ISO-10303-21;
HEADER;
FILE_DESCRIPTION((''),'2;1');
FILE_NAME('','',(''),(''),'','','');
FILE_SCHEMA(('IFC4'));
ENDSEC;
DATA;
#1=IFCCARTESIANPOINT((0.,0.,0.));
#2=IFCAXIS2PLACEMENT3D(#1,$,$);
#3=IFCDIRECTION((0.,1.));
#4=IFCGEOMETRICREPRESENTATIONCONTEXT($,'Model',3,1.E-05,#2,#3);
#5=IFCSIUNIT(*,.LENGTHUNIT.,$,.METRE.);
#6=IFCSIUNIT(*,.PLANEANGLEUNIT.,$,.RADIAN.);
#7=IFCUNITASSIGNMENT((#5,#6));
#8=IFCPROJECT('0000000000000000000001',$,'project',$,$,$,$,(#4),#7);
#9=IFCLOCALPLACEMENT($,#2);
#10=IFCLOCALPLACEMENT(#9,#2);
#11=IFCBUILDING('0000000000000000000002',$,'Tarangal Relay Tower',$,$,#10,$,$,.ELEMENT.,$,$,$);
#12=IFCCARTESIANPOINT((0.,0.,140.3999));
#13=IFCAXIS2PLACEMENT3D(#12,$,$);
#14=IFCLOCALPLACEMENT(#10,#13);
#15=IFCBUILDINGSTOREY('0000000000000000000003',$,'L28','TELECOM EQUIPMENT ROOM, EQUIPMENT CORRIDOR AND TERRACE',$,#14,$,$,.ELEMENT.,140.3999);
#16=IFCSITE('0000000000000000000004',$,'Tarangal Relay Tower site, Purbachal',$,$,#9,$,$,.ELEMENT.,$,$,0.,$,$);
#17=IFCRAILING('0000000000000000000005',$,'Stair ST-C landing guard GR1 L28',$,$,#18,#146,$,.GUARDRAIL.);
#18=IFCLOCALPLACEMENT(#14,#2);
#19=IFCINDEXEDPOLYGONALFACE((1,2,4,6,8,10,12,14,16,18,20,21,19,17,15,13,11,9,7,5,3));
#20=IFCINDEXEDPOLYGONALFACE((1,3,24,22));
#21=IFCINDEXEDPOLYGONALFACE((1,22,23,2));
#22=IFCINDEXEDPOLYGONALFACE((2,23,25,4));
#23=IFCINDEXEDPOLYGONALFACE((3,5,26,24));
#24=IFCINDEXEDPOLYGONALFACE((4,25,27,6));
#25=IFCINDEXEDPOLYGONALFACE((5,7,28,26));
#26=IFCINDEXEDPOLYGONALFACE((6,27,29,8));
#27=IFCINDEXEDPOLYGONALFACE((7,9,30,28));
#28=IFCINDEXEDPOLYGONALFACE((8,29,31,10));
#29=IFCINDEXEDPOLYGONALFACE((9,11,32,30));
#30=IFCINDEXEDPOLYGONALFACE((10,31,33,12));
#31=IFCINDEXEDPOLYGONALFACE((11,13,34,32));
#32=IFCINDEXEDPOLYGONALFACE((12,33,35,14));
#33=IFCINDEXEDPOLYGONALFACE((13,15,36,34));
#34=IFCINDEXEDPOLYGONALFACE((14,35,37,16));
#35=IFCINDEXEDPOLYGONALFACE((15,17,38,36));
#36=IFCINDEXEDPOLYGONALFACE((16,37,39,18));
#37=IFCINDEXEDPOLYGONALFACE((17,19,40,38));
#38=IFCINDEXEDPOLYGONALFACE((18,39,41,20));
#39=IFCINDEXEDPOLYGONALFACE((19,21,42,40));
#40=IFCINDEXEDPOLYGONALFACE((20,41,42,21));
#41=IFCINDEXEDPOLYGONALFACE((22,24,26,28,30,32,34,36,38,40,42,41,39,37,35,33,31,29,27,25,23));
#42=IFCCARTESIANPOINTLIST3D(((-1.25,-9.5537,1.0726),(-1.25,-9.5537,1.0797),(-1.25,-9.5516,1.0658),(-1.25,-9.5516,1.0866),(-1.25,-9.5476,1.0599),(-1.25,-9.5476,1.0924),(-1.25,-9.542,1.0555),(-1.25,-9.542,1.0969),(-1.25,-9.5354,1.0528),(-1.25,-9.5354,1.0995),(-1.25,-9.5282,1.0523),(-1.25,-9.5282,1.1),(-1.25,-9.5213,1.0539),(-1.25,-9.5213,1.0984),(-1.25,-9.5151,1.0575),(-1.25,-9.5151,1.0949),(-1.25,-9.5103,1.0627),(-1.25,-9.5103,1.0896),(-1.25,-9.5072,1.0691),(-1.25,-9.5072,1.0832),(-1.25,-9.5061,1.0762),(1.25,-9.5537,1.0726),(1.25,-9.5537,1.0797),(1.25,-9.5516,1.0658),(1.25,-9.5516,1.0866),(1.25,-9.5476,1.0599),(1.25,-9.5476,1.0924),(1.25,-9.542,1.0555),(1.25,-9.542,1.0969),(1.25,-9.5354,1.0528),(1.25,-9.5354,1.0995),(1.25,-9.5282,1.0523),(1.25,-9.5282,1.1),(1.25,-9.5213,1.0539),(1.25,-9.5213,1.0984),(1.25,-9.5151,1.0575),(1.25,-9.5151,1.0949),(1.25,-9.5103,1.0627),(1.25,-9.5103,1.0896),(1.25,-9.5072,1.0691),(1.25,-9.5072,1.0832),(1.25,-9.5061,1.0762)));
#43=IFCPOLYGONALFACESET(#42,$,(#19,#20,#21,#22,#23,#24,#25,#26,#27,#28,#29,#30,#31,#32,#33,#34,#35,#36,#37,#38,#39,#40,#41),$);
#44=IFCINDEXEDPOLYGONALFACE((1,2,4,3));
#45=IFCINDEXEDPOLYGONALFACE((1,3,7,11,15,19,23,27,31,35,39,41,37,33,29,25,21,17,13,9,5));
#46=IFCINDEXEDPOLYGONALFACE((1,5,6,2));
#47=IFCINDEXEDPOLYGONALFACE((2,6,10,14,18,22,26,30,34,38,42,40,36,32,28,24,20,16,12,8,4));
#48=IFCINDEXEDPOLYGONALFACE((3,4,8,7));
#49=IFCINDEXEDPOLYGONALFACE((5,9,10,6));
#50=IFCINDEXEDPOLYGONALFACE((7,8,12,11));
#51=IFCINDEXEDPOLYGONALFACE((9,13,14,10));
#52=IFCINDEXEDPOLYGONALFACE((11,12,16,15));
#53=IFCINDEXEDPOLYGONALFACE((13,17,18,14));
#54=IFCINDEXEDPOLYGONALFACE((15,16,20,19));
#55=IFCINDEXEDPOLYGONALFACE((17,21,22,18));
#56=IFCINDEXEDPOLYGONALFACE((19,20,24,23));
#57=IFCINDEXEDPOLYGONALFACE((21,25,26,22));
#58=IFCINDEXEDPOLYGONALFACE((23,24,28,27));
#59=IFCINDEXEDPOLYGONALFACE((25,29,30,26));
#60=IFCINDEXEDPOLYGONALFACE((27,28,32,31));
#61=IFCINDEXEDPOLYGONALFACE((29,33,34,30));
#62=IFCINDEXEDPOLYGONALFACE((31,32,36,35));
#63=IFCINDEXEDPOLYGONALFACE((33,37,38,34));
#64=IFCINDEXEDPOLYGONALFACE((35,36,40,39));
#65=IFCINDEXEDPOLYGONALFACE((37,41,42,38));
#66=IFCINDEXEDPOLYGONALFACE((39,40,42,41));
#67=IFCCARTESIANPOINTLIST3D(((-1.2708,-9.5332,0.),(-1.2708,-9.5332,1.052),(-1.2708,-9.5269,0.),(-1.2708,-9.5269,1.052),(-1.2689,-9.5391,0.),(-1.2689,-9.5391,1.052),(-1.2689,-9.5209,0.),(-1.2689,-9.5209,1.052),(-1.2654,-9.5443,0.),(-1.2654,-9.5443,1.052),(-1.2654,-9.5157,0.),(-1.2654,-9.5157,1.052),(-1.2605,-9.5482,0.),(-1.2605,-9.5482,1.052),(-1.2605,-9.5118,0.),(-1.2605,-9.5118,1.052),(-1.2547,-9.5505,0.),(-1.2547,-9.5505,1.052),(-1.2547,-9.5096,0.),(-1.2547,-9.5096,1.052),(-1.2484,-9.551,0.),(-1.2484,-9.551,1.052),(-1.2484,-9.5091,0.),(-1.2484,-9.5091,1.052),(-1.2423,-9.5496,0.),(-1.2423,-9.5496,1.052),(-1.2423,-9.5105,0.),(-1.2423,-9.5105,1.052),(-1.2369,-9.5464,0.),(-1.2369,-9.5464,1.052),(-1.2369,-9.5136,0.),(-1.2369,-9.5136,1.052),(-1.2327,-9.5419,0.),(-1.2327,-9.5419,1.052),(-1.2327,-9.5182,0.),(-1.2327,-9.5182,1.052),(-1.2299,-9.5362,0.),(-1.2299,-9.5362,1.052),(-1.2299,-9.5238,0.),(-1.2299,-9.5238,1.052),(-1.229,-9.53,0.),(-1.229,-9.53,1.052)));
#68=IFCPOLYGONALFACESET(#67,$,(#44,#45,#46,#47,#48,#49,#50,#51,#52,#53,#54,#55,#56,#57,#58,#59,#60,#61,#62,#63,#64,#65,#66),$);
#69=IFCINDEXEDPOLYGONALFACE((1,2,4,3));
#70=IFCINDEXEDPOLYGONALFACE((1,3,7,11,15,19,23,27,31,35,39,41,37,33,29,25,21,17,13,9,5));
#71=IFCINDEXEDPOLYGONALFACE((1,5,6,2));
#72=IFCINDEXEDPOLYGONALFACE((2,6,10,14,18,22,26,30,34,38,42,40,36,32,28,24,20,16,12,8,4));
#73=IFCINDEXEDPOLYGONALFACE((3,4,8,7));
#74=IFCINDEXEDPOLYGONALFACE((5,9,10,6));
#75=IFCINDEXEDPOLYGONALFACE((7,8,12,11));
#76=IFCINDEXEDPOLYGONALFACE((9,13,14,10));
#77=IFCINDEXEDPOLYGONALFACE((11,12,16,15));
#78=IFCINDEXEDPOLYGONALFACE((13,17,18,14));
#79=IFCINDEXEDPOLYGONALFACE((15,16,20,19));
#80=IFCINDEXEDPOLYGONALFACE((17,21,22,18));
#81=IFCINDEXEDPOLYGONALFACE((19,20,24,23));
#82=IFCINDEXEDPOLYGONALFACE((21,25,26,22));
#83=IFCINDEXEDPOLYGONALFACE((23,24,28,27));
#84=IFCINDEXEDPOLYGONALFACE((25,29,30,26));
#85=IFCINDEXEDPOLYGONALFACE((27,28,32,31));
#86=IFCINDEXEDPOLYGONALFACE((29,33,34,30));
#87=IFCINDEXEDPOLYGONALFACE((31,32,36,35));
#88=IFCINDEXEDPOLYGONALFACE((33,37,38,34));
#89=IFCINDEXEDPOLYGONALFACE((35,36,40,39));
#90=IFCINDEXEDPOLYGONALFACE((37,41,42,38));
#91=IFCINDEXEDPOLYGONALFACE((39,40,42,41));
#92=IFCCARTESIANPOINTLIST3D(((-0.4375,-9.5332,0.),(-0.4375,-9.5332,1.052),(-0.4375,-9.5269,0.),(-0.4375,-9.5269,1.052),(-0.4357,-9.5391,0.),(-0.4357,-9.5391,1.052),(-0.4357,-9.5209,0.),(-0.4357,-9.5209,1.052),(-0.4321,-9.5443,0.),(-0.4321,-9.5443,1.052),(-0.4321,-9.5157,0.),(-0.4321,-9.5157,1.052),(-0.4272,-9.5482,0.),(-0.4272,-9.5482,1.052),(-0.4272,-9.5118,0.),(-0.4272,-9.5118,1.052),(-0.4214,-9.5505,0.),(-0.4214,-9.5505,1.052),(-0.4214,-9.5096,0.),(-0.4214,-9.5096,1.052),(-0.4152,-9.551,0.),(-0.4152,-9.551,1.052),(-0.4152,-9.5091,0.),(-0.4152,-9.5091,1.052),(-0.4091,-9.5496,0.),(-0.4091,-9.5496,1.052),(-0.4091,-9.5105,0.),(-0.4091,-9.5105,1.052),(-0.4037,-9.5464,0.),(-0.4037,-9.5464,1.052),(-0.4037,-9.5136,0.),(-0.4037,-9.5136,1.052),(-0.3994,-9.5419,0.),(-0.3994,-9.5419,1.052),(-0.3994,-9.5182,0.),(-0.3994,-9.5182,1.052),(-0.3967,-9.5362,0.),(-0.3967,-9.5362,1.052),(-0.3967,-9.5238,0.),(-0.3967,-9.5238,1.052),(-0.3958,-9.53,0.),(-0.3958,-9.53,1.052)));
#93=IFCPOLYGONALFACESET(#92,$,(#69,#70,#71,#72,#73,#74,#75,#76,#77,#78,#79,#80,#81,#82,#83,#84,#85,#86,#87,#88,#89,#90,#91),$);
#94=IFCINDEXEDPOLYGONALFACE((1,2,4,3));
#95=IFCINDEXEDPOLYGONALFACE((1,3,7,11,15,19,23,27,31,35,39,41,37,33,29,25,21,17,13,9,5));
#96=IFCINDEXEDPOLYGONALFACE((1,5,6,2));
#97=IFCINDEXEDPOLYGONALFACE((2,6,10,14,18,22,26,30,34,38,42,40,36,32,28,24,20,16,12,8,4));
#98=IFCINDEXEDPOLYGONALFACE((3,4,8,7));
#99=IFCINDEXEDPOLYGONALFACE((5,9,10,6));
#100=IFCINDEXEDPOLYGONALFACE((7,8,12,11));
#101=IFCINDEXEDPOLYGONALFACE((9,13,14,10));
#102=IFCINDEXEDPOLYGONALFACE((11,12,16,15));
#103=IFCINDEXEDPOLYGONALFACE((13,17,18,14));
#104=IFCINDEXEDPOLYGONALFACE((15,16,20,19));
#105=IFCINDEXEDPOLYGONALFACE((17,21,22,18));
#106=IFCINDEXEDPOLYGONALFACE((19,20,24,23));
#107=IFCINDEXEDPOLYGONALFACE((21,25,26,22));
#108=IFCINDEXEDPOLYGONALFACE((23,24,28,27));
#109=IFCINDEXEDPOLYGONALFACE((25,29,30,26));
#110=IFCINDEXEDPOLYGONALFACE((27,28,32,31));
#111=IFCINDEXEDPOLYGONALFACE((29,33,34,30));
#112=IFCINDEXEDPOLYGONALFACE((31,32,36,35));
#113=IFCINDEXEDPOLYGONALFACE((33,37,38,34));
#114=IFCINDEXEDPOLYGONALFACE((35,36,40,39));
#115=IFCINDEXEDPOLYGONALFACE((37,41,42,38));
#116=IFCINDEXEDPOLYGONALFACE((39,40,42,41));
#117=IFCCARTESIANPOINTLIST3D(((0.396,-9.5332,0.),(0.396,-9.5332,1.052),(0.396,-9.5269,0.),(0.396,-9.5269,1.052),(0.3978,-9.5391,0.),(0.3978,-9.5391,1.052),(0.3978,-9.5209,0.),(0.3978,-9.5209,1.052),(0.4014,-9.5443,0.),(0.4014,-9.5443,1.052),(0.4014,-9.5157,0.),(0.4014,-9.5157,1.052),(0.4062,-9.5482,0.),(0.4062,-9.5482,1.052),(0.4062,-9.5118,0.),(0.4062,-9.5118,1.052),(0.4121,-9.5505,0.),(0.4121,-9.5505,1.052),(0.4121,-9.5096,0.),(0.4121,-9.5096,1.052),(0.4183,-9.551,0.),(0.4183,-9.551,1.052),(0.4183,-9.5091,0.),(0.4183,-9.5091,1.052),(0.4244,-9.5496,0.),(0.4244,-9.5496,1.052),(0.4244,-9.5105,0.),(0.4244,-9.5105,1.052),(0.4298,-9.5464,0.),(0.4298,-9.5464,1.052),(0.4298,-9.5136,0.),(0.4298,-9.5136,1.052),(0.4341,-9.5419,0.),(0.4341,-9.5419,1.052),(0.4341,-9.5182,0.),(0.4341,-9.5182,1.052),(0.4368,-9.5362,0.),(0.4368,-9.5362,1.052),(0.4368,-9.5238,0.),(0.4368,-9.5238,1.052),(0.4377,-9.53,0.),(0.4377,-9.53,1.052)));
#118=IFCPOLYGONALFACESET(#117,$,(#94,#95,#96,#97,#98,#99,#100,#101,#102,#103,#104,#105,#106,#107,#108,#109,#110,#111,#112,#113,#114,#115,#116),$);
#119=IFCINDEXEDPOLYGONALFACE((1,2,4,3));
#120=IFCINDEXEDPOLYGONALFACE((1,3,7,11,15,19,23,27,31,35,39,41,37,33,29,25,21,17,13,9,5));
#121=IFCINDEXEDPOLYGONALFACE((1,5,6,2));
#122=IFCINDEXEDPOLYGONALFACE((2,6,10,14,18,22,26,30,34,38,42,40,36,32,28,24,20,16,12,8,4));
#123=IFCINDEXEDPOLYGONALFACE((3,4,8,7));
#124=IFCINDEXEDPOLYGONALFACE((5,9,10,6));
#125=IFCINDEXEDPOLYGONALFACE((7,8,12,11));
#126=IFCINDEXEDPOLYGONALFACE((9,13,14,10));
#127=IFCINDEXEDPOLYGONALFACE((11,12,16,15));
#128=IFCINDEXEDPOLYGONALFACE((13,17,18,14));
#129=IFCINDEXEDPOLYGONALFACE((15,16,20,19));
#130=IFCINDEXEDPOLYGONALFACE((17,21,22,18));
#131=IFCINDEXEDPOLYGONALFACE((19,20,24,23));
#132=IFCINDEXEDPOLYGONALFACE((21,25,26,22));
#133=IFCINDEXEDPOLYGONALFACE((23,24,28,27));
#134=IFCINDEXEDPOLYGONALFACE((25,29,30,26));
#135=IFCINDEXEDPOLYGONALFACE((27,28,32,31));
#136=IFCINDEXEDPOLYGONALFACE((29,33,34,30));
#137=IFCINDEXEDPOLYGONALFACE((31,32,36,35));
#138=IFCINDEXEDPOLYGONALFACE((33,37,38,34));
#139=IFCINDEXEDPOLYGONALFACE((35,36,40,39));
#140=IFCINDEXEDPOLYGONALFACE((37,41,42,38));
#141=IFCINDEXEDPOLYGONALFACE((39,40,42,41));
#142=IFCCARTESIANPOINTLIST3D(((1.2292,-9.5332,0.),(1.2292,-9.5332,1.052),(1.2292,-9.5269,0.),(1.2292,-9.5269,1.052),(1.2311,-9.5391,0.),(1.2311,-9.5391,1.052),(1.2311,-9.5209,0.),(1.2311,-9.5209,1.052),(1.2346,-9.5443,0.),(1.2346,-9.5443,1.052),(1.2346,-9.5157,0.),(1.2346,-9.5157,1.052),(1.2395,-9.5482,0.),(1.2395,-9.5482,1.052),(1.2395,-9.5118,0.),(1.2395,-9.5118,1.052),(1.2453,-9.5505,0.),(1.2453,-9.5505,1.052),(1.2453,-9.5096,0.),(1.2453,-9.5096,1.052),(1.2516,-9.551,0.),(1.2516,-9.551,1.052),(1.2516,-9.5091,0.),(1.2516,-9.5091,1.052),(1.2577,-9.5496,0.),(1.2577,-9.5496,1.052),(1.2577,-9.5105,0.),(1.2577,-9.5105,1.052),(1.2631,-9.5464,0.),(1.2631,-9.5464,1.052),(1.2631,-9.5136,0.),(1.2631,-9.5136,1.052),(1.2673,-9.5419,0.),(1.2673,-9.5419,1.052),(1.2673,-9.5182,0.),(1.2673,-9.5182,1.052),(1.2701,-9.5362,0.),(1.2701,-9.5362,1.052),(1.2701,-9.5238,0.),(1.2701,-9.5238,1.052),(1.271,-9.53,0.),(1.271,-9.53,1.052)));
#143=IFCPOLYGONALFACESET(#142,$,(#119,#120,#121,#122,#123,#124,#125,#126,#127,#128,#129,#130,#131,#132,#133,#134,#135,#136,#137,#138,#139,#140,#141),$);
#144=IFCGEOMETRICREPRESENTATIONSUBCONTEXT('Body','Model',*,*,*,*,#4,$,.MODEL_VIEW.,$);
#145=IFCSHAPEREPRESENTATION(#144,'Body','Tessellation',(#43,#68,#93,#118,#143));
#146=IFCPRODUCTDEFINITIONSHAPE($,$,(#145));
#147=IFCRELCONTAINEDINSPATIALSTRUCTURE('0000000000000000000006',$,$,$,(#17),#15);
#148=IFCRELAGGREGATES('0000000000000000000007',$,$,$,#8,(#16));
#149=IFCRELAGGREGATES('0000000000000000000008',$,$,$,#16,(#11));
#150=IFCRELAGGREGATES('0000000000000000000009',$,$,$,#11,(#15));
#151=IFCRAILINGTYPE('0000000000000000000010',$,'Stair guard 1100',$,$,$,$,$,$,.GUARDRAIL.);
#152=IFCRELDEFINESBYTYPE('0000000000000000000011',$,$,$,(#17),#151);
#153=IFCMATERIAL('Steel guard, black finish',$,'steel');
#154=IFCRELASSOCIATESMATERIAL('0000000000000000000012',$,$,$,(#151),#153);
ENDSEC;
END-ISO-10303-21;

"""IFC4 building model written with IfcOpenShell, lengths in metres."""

from ifc_helpers import new_model, si_unit, direction, frame, origin, origin_2d, place, context, subcontext, project, spatial, circle, extrude, material, type_object, element, save


model = new_model("IFC4")

# Units and contexts
model_context = context("Model", 3, precision=1e-05, world=origin(), true_north=direction((0.0, 1.0)))
body_context = subcontext(model_context, "Body", "Model", "MODEL_VIEW")
ifc_project = project(units=[si_unit("LENGTHUNIT", "METRE"), si_unit("PLANEANGLEUNIT", "RADIAN")], contexts=[model_context])

# Site, building, storey
site_placement = place(None, origin())
site = spatial("IfcSite", under=ifc_project, at=site_placement, Name="Tarangal Relay Tower site, Purbachal", CompositionType="ELEMENT", RefElevation=0.0)
building_placement = place(site_placement, origin())
building = spatial("IfcBuilding", under=site, at=building_placement, Name="Tarangal Relay Tower", CompositionType="ELEMENT")
storey_placement = place(building_placement, frame((0.0, 0.0, 140.3999)))
storey = spatial("IfcBuildingStorey", under=building, at=storey_placement, Name="L28", Description="TELECOM EQUIPMENT ROOM, EQUIPMENT CORRIDOR AND TERRACE", CompositionType="ELEMENT", Elevation=140.3999)

# Railing
ifc_material_1 = material(Name="Steel guard, black finish", Category="steel")
railing_type_1 = type_object("IfcRailingType", Name="Stair guard 1100", PredefinedType="GUARDRAIL", material=ifc_material_1)
for number, where, name in (
    (1, (-1.25, -9.53, 0.0), "Stair ST-C landing guard GR1 L28"),
):
    element("IfcRailing", number, at=place(storey_placement, frame(where)), inside=storey, type_object=railing_type_1, Name=name, PredefinedType="GUARDRAIL", context=body_context, shape_type="SweptSolid", body=[
        extrude(circle(Radius=0.0239, at=origin_2d()), frame((0.0, 0.0, 1.0762), z_axis=(1.0, 0.0, 0.0), x_axis=(0.0, 1.0, 0.0)), (0.0, 0.0, 1.0), 2.5),
        extrude(circle(Radius=0.021, at=origin_2d()), origin(), (0.0, 0.0, 1.0), 1.052),
        extrude(circle(Radius=0.021, at=origin_2d()), frame((0.8333, 0.0, 0.0)), (0.0, 0.0, 1.0), 1.052),
        extrude(circle(Radius=0.021, at=origin_2d()), frame((1.6667, 0.0, 0.0)), (0.0, 0.0, 1.0), 1.052),
        extrude(circle(Radius=0.021, at=origin_2d()), frame((2.5, 0.0, 0.0)), (0.0, 0.0, 1.0), 1.052),
    ])

save(model, "model.ifc")
